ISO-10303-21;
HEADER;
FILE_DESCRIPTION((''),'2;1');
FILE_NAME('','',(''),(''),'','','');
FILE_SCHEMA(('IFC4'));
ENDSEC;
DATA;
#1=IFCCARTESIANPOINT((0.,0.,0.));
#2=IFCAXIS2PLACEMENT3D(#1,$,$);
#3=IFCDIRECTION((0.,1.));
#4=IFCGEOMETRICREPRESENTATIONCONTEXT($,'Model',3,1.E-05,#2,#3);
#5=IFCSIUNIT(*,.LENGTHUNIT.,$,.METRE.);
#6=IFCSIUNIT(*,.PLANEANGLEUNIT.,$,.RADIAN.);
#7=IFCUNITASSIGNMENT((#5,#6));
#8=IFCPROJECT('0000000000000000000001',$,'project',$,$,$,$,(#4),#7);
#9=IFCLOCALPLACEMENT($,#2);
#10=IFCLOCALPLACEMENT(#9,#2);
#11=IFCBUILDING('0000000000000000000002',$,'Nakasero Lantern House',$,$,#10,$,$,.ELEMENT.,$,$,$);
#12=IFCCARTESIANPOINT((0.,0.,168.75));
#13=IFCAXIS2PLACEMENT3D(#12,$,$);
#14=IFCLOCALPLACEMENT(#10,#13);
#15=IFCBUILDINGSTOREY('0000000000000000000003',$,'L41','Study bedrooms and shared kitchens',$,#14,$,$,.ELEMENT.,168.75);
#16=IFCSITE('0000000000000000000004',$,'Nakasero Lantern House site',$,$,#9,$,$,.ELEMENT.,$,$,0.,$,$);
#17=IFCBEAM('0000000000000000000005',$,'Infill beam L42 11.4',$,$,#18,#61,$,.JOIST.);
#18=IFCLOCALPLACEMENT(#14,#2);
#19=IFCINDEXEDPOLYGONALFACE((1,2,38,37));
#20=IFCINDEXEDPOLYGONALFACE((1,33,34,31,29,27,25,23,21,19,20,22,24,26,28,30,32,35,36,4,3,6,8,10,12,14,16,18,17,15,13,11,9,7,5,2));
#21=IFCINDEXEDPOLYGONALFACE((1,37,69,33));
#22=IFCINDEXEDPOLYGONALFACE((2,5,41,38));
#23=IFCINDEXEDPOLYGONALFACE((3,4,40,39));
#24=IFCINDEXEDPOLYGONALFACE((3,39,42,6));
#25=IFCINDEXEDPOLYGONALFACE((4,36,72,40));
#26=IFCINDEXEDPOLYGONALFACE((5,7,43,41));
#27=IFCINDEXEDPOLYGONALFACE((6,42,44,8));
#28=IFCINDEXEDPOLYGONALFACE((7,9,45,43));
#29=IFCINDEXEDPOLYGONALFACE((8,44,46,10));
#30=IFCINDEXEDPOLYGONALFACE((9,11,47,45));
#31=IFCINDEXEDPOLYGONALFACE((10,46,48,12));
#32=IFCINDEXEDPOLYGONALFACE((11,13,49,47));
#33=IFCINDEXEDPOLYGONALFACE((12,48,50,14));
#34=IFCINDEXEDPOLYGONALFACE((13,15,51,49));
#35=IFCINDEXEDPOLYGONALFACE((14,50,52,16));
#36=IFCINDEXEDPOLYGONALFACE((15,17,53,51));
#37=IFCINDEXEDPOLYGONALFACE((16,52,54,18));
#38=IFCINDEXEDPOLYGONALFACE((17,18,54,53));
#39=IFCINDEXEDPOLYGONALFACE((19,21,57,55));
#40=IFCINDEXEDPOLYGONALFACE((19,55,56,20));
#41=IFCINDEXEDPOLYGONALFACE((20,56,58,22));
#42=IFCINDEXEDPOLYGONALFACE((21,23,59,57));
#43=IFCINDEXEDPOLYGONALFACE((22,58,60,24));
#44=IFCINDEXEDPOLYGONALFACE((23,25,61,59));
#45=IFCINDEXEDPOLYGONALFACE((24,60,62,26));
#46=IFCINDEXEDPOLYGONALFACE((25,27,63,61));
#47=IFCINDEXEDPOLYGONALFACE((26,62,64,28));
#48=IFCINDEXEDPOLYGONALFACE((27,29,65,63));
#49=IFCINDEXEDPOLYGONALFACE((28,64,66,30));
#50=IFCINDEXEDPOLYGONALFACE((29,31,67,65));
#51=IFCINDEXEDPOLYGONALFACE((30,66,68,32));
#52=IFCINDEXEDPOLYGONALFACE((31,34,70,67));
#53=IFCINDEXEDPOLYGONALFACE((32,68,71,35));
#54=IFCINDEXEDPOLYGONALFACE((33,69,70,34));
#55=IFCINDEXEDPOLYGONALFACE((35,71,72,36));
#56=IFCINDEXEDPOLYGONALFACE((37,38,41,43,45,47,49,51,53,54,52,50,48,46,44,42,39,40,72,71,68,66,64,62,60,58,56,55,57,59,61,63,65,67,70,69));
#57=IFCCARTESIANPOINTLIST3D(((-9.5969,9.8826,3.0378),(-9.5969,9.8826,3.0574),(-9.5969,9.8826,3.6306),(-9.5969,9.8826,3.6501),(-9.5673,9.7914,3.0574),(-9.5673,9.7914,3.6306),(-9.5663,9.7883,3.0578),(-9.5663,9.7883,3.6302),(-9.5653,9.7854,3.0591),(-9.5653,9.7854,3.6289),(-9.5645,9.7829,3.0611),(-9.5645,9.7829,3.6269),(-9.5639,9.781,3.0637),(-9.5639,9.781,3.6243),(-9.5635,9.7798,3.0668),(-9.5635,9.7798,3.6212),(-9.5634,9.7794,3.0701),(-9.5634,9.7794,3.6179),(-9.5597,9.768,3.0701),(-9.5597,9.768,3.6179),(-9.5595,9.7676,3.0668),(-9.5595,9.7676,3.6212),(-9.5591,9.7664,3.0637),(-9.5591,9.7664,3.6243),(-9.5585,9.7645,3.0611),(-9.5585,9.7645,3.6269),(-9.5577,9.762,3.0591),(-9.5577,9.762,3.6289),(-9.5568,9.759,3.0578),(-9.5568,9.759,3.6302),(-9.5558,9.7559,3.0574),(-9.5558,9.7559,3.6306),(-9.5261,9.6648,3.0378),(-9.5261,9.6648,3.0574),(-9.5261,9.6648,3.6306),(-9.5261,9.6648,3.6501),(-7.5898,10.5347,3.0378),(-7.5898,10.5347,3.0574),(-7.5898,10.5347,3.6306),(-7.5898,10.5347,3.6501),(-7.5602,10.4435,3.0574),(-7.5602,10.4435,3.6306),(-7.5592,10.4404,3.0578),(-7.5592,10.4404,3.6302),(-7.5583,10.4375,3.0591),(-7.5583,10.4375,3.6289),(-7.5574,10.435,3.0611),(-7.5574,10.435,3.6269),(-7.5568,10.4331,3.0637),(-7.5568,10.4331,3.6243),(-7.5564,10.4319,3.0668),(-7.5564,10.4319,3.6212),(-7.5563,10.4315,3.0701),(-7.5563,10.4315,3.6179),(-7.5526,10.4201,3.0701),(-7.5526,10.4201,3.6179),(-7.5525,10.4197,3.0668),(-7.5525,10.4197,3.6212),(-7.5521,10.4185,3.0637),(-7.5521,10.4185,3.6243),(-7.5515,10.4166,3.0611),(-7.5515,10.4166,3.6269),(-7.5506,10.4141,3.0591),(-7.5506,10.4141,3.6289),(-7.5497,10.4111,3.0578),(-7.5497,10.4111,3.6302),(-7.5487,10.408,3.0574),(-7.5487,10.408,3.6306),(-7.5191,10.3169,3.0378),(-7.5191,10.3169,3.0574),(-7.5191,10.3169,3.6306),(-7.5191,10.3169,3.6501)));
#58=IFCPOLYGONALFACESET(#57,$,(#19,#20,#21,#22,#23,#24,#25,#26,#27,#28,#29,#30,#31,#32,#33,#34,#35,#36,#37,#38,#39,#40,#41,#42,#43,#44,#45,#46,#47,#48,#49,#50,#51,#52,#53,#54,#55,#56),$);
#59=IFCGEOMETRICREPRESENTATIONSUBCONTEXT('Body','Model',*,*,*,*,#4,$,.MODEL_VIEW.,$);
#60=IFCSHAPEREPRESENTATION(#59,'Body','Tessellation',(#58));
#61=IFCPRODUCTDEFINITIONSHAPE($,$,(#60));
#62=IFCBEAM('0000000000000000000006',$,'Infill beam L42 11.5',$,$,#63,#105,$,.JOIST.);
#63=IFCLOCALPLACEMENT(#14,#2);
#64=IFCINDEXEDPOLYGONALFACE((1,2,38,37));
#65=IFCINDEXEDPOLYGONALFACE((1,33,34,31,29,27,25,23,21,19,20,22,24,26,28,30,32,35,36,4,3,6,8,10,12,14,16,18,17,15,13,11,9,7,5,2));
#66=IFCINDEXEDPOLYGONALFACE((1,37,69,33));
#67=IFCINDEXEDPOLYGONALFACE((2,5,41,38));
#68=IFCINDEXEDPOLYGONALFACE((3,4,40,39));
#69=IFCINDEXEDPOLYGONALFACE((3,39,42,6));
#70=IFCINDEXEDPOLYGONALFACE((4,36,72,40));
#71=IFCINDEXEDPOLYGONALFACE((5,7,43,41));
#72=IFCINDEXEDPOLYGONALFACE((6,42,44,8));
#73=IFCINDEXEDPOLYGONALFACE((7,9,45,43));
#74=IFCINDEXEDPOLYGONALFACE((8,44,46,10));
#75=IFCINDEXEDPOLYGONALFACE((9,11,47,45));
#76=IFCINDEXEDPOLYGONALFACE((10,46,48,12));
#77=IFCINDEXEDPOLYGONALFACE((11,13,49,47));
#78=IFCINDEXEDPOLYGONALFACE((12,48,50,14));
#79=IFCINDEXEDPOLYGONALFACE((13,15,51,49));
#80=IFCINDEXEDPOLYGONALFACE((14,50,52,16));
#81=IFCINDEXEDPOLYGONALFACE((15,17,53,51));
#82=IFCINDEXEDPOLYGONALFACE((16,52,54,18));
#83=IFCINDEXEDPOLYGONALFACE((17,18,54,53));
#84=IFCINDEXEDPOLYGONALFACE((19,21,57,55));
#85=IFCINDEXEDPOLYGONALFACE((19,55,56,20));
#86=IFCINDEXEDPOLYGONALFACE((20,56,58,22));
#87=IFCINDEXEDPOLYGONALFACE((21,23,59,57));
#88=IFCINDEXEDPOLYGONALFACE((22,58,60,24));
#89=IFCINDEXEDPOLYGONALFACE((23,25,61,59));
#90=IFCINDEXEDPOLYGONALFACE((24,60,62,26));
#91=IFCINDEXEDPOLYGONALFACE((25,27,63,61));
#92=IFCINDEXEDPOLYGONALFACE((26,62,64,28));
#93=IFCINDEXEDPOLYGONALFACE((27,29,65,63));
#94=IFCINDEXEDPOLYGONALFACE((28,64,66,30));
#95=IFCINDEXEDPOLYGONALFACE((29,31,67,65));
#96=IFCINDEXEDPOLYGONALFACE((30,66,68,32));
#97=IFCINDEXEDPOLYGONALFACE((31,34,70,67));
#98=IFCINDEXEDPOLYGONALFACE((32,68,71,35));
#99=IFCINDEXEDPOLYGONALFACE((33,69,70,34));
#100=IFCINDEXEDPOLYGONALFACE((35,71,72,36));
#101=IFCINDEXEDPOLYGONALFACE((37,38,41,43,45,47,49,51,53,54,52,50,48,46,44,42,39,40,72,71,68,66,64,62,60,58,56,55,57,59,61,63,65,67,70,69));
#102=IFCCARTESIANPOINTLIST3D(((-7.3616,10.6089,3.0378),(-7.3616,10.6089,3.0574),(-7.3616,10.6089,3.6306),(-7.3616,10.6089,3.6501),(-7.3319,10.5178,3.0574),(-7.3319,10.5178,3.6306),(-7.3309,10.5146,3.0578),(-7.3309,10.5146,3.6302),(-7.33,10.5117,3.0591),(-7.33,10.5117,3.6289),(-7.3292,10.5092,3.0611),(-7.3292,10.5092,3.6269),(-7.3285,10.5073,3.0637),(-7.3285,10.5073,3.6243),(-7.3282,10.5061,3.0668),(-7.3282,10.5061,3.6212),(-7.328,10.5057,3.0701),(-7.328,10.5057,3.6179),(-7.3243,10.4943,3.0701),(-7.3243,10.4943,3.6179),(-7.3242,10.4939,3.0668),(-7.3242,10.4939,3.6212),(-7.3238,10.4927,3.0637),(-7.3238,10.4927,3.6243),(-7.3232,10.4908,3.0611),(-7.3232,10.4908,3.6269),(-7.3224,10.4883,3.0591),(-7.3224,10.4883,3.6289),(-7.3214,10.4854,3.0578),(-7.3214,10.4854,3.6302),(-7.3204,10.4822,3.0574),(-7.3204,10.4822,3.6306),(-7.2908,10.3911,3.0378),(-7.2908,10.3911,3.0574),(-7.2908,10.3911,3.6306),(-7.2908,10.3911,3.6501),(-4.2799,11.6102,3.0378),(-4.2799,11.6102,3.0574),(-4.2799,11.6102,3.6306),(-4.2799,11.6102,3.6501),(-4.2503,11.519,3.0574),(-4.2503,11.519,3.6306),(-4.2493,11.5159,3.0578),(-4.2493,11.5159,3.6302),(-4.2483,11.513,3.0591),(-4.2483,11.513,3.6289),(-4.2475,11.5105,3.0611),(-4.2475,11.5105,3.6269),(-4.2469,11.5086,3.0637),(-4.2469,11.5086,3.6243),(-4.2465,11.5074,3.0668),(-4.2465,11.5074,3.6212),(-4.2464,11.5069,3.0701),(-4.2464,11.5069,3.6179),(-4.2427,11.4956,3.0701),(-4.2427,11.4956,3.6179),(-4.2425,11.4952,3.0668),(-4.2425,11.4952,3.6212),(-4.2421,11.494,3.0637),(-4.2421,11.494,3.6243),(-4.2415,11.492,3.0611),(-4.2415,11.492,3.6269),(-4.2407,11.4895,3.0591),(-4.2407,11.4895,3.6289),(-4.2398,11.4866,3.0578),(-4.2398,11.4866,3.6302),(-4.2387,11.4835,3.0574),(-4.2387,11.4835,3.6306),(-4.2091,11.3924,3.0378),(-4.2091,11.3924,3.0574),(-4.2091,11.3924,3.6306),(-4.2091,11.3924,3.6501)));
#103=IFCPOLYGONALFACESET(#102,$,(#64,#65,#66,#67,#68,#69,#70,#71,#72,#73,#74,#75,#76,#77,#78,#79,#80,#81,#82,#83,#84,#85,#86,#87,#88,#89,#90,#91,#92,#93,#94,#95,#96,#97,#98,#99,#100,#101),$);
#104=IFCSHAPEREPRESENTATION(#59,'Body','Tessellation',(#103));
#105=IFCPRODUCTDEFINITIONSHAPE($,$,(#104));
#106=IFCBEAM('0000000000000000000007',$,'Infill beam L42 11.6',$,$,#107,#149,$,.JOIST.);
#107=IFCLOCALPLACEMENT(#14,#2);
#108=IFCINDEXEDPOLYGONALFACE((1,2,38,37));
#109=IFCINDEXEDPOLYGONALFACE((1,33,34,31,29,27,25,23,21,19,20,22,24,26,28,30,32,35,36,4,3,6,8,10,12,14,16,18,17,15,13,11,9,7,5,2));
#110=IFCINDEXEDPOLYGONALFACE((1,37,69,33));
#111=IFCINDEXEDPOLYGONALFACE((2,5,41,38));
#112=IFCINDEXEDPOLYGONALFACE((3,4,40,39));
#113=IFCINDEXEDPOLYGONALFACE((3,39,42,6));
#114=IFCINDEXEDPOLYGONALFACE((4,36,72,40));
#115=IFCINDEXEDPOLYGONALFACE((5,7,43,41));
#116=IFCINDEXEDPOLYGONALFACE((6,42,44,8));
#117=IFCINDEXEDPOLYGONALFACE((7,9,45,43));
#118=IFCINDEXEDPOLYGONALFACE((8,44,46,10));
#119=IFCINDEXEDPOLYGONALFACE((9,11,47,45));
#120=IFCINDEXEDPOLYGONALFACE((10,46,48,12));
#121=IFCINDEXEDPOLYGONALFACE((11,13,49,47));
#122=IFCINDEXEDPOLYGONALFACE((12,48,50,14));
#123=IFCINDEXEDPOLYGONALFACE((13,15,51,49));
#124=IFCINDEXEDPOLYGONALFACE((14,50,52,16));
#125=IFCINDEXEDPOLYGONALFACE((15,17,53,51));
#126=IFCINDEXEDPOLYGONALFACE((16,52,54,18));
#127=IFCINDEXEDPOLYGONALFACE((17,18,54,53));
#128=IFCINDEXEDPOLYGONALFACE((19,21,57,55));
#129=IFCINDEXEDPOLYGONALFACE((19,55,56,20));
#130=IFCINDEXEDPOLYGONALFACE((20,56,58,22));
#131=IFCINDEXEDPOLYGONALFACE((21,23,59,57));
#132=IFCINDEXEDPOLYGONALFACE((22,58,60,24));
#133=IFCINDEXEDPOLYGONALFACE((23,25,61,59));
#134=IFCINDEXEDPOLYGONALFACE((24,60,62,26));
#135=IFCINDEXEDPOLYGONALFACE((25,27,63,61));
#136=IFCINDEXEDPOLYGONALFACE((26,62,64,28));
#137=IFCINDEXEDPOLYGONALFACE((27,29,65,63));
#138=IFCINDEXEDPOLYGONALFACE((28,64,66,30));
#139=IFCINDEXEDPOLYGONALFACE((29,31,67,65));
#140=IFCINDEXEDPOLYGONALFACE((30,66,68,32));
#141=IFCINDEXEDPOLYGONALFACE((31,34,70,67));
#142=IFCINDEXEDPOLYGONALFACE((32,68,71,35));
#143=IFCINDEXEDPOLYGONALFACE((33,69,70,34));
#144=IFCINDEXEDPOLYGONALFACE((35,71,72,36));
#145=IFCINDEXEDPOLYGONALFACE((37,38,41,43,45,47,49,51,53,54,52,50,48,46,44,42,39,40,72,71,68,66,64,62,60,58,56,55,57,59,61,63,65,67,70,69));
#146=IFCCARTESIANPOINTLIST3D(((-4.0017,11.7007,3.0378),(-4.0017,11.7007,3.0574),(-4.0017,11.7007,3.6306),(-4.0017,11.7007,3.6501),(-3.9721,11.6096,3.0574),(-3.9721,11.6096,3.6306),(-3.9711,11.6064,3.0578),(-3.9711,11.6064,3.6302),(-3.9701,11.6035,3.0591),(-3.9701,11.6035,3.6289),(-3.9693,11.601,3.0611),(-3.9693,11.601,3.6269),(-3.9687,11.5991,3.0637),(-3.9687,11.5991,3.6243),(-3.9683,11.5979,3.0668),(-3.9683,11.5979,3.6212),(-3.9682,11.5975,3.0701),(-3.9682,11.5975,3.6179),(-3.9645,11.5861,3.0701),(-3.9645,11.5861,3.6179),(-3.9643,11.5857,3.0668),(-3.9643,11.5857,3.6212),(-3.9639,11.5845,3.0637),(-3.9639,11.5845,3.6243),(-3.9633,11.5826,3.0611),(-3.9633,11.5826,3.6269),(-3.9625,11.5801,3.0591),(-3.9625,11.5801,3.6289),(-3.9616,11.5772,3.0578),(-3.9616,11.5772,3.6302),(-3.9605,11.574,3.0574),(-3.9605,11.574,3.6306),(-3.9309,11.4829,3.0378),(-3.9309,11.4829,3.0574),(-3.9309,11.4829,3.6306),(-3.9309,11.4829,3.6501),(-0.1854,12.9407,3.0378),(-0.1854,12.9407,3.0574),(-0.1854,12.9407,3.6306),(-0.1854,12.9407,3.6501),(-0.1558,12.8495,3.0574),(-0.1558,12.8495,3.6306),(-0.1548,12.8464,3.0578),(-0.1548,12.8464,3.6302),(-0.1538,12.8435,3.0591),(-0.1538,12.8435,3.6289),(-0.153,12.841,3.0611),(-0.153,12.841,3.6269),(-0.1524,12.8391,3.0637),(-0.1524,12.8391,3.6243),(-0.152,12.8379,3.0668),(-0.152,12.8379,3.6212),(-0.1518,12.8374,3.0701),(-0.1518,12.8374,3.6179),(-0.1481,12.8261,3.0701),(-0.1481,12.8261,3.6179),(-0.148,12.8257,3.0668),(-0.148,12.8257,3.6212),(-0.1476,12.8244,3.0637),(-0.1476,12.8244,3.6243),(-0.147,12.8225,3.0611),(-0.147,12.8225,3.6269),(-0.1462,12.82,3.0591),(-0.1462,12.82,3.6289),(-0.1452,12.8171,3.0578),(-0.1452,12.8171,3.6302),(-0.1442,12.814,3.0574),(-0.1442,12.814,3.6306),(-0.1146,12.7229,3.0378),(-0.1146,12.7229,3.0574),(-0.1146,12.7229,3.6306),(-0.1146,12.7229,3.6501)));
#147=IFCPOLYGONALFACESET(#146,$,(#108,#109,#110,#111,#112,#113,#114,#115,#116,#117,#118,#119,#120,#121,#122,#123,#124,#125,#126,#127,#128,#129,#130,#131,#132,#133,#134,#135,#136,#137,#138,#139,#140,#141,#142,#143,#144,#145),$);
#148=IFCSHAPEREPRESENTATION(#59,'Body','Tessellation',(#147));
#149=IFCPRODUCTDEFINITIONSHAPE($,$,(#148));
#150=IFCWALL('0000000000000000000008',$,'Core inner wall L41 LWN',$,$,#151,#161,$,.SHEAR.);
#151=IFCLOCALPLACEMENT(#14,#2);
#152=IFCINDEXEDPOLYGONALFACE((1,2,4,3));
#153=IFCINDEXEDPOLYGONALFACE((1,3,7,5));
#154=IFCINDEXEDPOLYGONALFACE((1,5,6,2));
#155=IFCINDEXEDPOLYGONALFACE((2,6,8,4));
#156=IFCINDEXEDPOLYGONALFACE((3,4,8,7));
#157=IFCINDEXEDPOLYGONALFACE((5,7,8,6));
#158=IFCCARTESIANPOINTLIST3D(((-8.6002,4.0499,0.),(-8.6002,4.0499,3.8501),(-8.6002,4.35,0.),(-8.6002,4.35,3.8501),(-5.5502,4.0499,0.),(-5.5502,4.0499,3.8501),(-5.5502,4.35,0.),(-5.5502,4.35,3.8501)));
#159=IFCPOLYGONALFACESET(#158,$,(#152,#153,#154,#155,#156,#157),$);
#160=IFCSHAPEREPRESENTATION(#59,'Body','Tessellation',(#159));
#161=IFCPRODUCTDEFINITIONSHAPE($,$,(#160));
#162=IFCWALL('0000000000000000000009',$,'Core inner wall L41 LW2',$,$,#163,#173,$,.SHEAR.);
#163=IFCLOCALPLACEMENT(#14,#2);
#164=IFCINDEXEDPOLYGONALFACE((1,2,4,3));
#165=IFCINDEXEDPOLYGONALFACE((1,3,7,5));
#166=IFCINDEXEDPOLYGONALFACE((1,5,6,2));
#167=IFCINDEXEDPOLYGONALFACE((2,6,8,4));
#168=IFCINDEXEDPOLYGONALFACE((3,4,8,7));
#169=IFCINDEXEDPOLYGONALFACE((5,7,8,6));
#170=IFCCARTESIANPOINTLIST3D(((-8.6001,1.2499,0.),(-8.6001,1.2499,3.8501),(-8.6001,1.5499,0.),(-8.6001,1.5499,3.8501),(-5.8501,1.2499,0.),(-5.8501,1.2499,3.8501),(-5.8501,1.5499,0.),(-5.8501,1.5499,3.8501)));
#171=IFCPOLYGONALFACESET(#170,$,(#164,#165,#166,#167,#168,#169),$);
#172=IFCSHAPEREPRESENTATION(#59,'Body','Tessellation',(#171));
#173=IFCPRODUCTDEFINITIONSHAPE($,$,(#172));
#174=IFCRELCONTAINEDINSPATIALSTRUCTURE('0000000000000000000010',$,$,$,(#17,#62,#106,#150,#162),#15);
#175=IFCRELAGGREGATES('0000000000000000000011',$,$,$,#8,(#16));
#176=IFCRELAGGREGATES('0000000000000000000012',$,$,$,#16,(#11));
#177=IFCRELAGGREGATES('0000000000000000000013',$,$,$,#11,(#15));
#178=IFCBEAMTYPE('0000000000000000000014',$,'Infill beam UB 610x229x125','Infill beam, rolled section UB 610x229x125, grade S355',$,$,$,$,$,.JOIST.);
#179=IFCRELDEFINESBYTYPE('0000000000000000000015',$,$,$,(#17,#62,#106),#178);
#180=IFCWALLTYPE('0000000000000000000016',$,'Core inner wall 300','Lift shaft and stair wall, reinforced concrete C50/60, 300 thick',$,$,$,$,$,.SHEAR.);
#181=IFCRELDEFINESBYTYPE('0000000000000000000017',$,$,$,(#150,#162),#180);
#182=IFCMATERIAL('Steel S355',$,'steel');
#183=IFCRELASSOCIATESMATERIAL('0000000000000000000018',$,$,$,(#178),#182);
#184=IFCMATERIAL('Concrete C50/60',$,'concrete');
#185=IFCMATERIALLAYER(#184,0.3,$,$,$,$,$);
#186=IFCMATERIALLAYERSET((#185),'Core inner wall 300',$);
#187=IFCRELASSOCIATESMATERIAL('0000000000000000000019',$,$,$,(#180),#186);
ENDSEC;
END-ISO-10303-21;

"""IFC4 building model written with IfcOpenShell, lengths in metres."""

from ifc_helpers import new_model, si_unit, direction, frame, frame_2d, origin, origin_2d, place, context, subcontext, project, spatial, rectangle, i_section, extrude, material, layer, layer_set, material_profile, profile_set, type_object, element, save


model = new_model("IFC4")

# Units and contexts
model_context = context("Model", 3, precision=1e-05, world=origin(), true_north=direction((0.0, 1.0)))
body_context = subcontext(model_context, "Body", "Model", "MODEL_VIEW")
ifc_project = project(units=[si_unit("LENGTHUNIT", "METRE"), si_unit("PLANEANGLEUNIT", "RADIAN")], contexts=[model_context])

# Site, building, storey
site_placement = place(None, origin())
site = spatial("IfcSite", under=ifc_project, at=site_placement, Name="Nakasero Lantern House site", CompositionType="ELEMENT", RefElevation=0.0)
building_placement = place(site_placement, origin())
building = spatial("IfcBuilding", under=site, at=building_placement, Name="Nakasero Lantern House", CompositionType="ELEMENT")
storey_placement = place(building_placement, frame((0.0, 0.0, 168.75)))
storey = spatial("IfcBuildingStorey", under=building, at=storey_placement, Name="L41", Description="Study bedrooms and shared kitchens", CompositionType="ELEMENT", Elevation=168.75)

# Beams
ifc_material_1 = material(Name="Steel S355", Category="steel")
ifc_material_profile = material_profile(ifc_material_1, i_section(OverallWidth=0.229, OverallDepth=0.6123, WebThickness=0.012, FlangeThickness=0.0195, FilletRadius=0.0127, at=origin_2d()), Name="UB 610x229x125")
ifc_profile_set = profile_set([ifc_material_profile], Name="Steel S355")
beam_type = type_object("IfcBeamType", Name="Infill beam UB 610x229x125", Description="Infill beam, rolled section UB 610x229x125, grade S355", PredefinedType="JOIST", material=ifc_profile_set)
beam_1_placement = place(storey_placement, frame((-9.5615, 9.7737, 3.344), z_axis=(0.951062, 0.309, 0.0), x_axis=(-0.309, 0.951062, 0.0)))
element("IfcBeam", 1, at=beam_1_placement, inside=storey, type_object=beam_type, Name="Infill beam L42 11.4", PredefinedType="JOIST", context=body_context, shape_type="SweptSolid", body=[
    extrude(i_section(OverallWidth=0.229, OverallDepth=0.6123, WebThickness=0.012, FlangeThickness=0.0195, FilletRadius=0.0127, at=origin_2d()), origin(), (0.0, 0.0, 1.0), 2.1104),
])
beam_2_placement = place(storey_placement, frame((-7.3262, 10.5, 3.344), z_axis=(0.95106, 0.309008, 0.0), x_axis=(-0.309008, 0.95106, 0.0)))
element("IfcBeam", 2, at=beam_2_placement, inside=storey, type_object=beam_type, Name="Infill beam L42 11.5", PredefinedType="JOIST", context=body_context, shape_type="SweptSolid", body=[
    extrude(i_section(OverallWidth=0.229, OverallDepth=0.6123, WebThickness=0.012, FlangeThickness=0.0195, FilletRadius=0.0127, at=origin_2d()), origin(), (0.0, 0.0, 1.0), 3.2402),
])
beam_3_placement = place(storey_placement, frame((-3.9663, 11.5918, 3.344), z_axis=(0.951059, 0.309009, 0.0), x_axis=(-0.309009, 0.951059, 0.0)))
element("IfcBeam", 3, at=beam_3_placement, inside=storey, type_object=beam_type, Name="Infill beam L42 11.6", PredefinedType="JOIST", context=body_context, shape_type="SweptSolid", body=[
    extrude(i_section(OverallWidth=0.229, OverallDepth=0.6123, WebThickness=0.012, FlangeThickness=0.0195, FilletRadius=0.0127, at=origin_2d()), origin(), (0.0, 0.0, 1.0), 4.0127),
])

# Walls
ifc_material_2 = material(Name="Concrete C50/60", Category="concrete")
ifc_layer_1 = layer(ifc_material_2, 0.3)
ifc_layer_set_1 = layer_set([ifc_layer_1], Name="Core inner wall 300")
wall_type_1 = type_object("IfcWallType", Name="Core inner wall 300", Description="Lift shaft and stair wall, reinforced concrete C50/60, 300 thick", PredefinedType="SHEAR", material=ifc_layer_set_1)
wall_1_placement = place(storey_placement, frame((-8.6001, 4.2, 0.0), z_axis=(0.0, 0.0, 1.0), x_axis=(1.0, 0.0, 0.0)))
element("IfcWall", 4, at=wall_1_placement, inside=storey, type_object=wall_type_1, Name="Core inner wall L41 LWN", PredefinedType="SHEAR", context=body_context, shape_type="SweptSolid", body=[
    extrude(rectangle(XDim=3.05, YDim=0.3, at=frame_2d((1.5249, 0.0))), origin(), (0.0, 0.0, 1.0), 3.8501),
])
wall_2_placement = place(storey_placement, frame((-8.6001, 1.3999, 0.0), z_axis=(0.0, 0.0, 1.0), x_axis=(1.0, 0.0, 0.0)))
element("IfcWall", 5, at=wall_2_placement, inside=storey, type_object=wall_type_1, Name="Core inner wall L41 LW2", PredefinedType="SHEAR", context=body_context, shape_type="SweptSolid", body=[
    extrude(rectangle(XDim=2.75, YDim=0.3, at=frame_2d((1.375, 0.0))), origin(), (0.0, 0.0, 1.0), 3.8501),
])

save(model, "model.ifc")
